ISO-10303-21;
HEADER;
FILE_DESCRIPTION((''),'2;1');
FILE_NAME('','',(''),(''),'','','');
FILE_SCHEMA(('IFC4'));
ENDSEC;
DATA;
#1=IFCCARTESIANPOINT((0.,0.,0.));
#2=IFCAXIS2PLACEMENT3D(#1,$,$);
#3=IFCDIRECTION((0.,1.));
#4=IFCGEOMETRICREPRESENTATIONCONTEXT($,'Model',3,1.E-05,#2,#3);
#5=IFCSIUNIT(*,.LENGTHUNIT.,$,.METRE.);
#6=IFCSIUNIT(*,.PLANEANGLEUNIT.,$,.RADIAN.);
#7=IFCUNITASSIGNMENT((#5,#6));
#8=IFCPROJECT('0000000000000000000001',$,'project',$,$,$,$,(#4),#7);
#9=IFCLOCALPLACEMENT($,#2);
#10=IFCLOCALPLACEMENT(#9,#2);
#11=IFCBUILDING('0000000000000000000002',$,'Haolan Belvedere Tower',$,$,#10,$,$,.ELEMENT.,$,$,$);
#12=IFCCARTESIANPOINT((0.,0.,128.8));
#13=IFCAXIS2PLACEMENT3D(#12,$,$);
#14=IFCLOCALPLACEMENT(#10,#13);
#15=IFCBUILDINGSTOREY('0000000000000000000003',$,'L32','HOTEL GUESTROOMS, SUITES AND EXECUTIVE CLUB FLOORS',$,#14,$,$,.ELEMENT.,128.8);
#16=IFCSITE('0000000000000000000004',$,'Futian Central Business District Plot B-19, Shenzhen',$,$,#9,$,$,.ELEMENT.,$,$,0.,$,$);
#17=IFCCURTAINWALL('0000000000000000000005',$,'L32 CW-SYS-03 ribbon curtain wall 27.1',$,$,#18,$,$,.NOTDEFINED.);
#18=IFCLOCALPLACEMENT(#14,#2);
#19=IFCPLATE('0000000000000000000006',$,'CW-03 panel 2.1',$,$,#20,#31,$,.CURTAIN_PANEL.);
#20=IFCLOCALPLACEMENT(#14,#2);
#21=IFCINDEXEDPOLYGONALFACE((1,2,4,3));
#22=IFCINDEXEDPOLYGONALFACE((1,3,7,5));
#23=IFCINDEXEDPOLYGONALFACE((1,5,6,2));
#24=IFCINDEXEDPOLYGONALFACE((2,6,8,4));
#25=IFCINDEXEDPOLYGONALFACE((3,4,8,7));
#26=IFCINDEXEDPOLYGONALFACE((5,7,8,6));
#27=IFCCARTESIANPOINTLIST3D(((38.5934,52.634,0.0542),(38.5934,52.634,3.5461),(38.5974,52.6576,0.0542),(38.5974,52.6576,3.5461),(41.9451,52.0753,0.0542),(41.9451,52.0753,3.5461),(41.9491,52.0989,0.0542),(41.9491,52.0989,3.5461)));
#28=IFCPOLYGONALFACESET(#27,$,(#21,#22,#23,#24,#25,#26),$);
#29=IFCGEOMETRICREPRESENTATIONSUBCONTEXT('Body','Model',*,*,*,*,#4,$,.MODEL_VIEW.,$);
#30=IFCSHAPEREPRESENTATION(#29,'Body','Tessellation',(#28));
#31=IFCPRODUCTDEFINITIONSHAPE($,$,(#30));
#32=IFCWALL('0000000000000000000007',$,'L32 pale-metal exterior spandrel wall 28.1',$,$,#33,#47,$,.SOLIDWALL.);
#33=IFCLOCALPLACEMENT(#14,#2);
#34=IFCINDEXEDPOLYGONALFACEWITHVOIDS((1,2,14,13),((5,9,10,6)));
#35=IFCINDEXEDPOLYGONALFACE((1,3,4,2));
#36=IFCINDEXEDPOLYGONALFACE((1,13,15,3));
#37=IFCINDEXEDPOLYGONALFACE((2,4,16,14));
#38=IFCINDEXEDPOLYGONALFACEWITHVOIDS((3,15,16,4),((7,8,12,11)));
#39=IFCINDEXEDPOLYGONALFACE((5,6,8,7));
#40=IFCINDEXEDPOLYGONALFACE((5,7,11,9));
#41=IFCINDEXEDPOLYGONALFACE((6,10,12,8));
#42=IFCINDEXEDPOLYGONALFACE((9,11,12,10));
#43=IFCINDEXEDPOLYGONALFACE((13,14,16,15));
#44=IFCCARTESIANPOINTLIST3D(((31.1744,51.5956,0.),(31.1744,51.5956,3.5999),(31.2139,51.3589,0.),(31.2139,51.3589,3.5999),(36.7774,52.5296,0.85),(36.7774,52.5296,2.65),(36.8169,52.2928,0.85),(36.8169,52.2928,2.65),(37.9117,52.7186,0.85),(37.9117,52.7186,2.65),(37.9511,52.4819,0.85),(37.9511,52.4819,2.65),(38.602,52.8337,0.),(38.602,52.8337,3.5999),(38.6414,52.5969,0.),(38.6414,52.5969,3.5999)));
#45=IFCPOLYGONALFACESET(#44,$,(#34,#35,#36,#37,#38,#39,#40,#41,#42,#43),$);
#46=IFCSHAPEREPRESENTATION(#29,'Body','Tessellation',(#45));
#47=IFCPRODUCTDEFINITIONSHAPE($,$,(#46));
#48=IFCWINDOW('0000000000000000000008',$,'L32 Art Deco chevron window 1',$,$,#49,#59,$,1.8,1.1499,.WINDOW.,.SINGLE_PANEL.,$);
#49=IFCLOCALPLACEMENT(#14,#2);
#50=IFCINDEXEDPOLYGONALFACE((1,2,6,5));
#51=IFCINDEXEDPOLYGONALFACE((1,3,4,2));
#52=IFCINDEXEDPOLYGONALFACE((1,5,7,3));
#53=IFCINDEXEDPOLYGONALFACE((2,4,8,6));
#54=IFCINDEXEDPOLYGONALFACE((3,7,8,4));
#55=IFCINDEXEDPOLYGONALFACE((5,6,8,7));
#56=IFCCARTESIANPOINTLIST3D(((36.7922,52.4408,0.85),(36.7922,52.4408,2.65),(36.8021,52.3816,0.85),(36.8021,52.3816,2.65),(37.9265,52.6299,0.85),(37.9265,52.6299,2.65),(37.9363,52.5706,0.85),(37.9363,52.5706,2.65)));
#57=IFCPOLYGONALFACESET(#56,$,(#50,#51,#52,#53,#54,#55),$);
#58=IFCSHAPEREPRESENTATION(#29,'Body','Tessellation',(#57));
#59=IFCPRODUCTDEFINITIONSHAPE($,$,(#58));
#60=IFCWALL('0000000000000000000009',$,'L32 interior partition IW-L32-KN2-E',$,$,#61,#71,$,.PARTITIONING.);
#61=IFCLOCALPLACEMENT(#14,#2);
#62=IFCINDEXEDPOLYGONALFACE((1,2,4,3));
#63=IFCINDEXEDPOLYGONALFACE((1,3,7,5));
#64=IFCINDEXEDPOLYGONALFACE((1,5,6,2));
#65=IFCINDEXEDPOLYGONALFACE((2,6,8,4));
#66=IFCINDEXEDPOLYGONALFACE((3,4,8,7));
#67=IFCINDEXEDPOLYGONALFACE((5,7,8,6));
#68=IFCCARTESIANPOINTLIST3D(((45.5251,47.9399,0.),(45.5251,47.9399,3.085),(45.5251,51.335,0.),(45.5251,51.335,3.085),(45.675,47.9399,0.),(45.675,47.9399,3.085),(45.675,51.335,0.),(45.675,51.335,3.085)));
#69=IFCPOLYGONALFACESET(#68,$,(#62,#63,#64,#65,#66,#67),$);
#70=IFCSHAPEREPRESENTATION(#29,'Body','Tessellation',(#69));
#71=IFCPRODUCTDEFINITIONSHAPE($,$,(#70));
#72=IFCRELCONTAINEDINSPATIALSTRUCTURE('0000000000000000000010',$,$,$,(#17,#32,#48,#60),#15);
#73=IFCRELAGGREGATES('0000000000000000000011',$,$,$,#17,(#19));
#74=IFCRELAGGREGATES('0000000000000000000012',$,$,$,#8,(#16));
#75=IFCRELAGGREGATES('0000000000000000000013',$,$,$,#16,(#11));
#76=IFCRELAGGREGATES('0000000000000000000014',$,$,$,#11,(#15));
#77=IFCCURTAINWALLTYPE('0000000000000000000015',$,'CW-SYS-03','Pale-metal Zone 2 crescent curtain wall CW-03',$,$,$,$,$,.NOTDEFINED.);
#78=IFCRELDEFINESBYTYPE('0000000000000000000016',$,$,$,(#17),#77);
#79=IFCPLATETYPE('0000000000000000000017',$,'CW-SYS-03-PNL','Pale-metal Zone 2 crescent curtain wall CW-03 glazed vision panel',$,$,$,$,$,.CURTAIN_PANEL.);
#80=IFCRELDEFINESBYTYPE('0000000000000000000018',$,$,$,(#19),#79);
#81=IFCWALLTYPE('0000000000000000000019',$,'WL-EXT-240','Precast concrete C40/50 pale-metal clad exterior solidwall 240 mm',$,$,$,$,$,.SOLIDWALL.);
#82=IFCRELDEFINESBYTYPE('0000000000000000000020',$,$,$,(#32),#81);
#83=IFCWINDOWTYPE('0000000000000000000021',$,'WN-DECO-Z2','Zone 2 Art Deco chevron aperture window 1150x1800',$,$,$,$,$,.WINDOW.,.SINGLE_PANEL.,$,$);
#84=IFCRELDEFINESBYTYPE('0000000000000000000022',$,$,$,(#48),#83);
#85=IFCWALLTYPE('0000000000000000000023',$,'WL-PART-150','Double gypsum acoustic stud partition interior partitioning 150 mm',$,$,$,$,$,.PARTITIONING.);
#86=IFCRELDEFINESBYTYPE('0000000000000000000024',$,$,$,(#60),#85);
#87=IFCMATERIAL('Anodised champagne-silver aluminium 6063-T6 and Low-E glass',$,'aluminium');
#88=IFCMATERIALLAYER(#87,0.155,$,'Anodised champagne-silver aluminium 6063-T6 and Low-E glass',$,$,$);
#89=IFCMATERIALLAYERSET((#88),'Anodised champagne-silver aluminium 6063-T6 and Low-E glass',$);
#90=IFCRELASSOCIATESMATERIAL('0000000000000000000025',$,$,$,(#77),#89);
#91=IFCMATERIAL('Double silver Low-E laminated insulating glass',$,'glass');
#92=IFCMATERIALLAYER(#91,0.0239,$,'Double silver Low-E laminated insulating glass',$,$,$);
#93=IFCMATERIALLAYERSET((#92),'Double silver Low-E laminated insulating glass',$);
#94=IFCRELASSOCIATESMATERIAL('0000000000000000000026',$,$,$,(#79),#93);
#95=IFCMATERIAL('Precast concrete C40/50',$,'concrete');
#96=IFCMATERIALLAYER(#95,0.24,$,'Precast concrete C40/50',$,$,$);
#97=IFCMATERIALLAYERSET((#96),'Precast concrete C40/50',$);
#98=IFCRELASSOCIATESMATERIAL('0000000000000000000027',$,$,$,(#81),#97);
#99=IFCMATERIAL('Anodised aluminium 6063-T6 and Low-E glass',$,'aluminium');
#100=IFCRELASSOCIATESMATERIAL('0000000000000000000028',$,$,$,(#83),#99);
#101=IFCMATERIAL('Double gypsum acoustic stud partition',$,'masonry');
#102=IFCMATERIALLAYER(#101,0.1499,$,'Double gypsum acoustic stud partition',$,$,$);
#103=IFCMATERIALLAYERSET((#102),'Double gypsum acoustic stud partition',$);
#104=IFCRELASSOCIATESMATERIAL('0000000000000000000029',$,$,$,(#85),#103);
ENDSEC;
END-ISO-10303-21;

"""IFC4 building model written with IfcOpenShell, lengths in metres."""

from ifc_helpers import new_model, si_unit, direction, frame, frame_2d, origin, origin_2d, place, context, subcontext, project, spatial, rectangle, extrude, material, layer, layer_set, type_object, element, fill, aggregate, save


model = new_model("IFC4")

# Units and contexts
model_context = context("Model", 3, precision=1e-05, world=origin(), true_north=direction((0.0, 1.0)))
body_context = subcontext(model_context, "Body", "Model", "MODEL_VIEW")
ifc_project = project(units=[si_unit("LENGTHUNIT", "METRE"), si_unit("PLANEANGLEUNIT", "RADIAN")], contexts=[model_context])

# Site, building, storey
site_placement = place(None, origin())
site = spatial("IfcSite", under=ifc_project, at=site_placement, Name="Futian Central Business District Plot B-19, Shenzhen", CompositionType="ELEMENT", RefElevation=0.0)
building_placement = place(site_placement, origin())
building = spatial("IfcBuilding", under=site, at=building_placement, Name="Haolan Belvedere Tower", CompositionType="ELEMENT")
storey_placement = place(building_placement, frame((0.0, 0.0, 128.8)))
storey = spatial("IfcBuildingStorey", under=building, at=storey_placement, Name="L32", Description="HOTEL GUESTROOMS, SUITES AND EXECUTIVE CLUB FLOORS", CompositionType="ELEMENT", Elevation=128.8)

# Shared definitions
ifc_material_1 = material(Name="Anodised champagne-silver aluminium 6063-T6 and Low-E glass", Category="aluminium")
ifc_layer_1 = layer(ifc_material_1, 0.155, Name="Anodised champagne-silver aluminium 6063-T6 and Low-E glass")
ifc_layer_set_1 = layer_set([ifc_layer_1], Name="Anodised champagne-silver aluminium 6063-T6 and Low-E glass")
curtain_wall_type = type_object("IfcCurtainWallType", Name="CW-SYS-03", Description="Pale-metal Zone 2 crescent curtain wall CW-03", PredefinedType="NOTDEFINED", material=ifc_layer_set_1)

# Curtain wall, plate
curtain_wall_1_placement = place(storey_placement, origin())
curtain_wall_1 = element("IfcCurtainWall", 1, at=curtain_wall_1_placement, inside=storey, type_object=curtain_wall_type, Name="L32 CW-SYS-03 ribbon curtain wall 27.1", PredefinedType="NOTDEFINED")
ifc_material_2 = material(Name="Double silver Low-E laminated insulating glass", Category="glass")
ifc_layer_2 = layer(ifc_material_2, 0.0239, Name="Double silver Low-E laminated insulating glass")
ifc_layer_set_2 = layer_set([ifc_layer_2], Name="Double silver Low-E laminated insulating glass")
plate_type = type_object("IfcPlateType", Name="CW-SYS-03-PNL", Description="Pale-metal Zone 2 crescent curtain wall CW-03 glazed vision panel", PredefinedType="CURTAIN_PANEL", material=ifc_layer_set_2)
plate_1_placement = place(storey_placement, frame((40.2712, 52.3665, 0.0542), z_axis=(0.0, 0.0, 1.0), x_axis=(-0.986393, 0.164404, 0.0)))
plate_1 = element("IfcPlate", 2, at=plate_1_placement, type_object=plate_type, Name="CW-03 panel 2.1", PredefinedType="CURTAIN_PANEL", context=body_context, shape_type="SweptSolid", body=[
    extrude(rectangle(XDim=3.3979, YDim=0.0239, at=origin_2d()), origin(), (0.0, 0.0, 1.0), 3.4919),
])
aggregate(curtain_wall_1, [plate_1])

# Wall, opening, window
ifc_material_3 = material(Name="Precast concrete C40/50", Category="concrete")
ifc_layer_3 = layer(ifc_material_3, 0.24, Name="Precast concrete C40/50")
ifc_layer_set_3 = layer_set([ifc_layer_3], Name="Precast concrete C40/50")
wall_type_1 = type_object("IfcWallType", Name="WL-EXT-240", Description="Precast concrete C40/50 pale-metal clad exterior solidwall 240 mm", PredefinedType="SOLIDWALL", material=ifc_layer_set_3)
wall_1_placement = place(storey_placement, frame((38.6218, 52.7153, 0.0), z_axis=(0.0, 0.0, 1.0), x_axis=(-0.986391, -0.164415, 0.0)))
wall_1 = element("IfcWall", 3, at=wall_1_placement, inside=storey, type_object=wall_type_1, Name="L32 pale-metal exterior spandrel wall 28.1", PredefinedType="SOLIDWALL", context=body_context, shape_type="SweptSolid", body=[
    extrude(rectangle(XDim=7.53, YDim=0.24, at=frame_2d((3.7651, 0.0))), origin(), (0.0, 0.0, 1.0), 3.5999),
])
opening_1_placement = place(wall_1_placement, frame((0.7, 0.0, 0.8501)))
opening_1 = element("IfcOpeningElement", 4, at=opening_1_placement, cuts=wall_1, PredefinedType="OPENING", context=body_context, shape_type="SweptSolid", body=[
    extrude(rectangle(XDim=1.1499, YDim=1.8, at=frame_2d((0.575, 0.8999))), frame((0.0, 0.1299, 0.0), z_axis=(0.0, -1.0, 0.0), x_axis=(1.0, 0.0, 0.0)), (0.0, 0.0, 1.0), 0.26),
])
ifc_material_4 = material(Name="Anodised aluminium 6063-T6 and Low-E glass", Category="aluminium")
window_type = type_object("IfcWindowType", Name="WN-DECO-Z2", Description="Zone 2 Art Deco chevron aperture window 1150x1800", PartitioningType="SINGLE_PANEL", PredefinedType="WINDOW", material=ifc_material_4)
window_placement = place(opening_1_placement, origin())
window = element("IfcWindow", 5, at=window_placement, inside=storey, type_object=window_type, Name="L32 Art Deco chevron window 1", OverallHeight=1.8, OverallWidth=1.1499, PartitioningType="SINGLE_PANEL", PredefinedType="WINDOW", context=body_context, shape_type="SweptSolid", body=[
    extrude(rectangle(XDim=1.1499, YDim=1.8, at=frame_2d((0.575, 0.8999))), frame((0.0, 0.03, 0.0), z_axis=(0.0, -1.0, 0.0), x_axis=(1.0, 0.0, 0.0)), (0.0, 0.0, 1.0), 0.0601),
])
fill(opening_1, window)

# Wall
ifc_material_5 = material(Name="Double gypsum acoustic stud partition", Category="masonry")
ifc_layer_4 = layer(ifc_material_5, 0.1499, Name="Double gypsum acoustic stud partition")
ifc_layer_set_4 = layer_set([ifc_layer_4], Name="Double gypsum acoustic stud partition")
wall_type_2 = type_object("IfcWallType", Name="WL-PART-150", Description="Double gypsum acoustic stud partition interior partitioning 150 mm", PredefinedType="PARTITIONING", material=ifc_layer_set_4)
wall_2_placement = place(storey_placement, frame((45.6001, 47.9399, 0.0), z_axis=(0.0, 0.0, 1.0), x_axis=(0.0, 1.0, 0.0)))
element("IfcWall", 6, at=wall_2_placement, inside=storey, type_object=wall_type_2, Name="L32 interior partition IW-L32-KN2-E", PredefinedType="PARTITIONING", context=body_context, shape_type="SweptSolid", body=[
    extrude(rectangle(XDim=3.395, YDim=0.1499, at=frame_2d((1.6975, 0.0))), origin(), (0.0, 0.0, 1.0), 3.085),
])

save(model, "model.ifc")
